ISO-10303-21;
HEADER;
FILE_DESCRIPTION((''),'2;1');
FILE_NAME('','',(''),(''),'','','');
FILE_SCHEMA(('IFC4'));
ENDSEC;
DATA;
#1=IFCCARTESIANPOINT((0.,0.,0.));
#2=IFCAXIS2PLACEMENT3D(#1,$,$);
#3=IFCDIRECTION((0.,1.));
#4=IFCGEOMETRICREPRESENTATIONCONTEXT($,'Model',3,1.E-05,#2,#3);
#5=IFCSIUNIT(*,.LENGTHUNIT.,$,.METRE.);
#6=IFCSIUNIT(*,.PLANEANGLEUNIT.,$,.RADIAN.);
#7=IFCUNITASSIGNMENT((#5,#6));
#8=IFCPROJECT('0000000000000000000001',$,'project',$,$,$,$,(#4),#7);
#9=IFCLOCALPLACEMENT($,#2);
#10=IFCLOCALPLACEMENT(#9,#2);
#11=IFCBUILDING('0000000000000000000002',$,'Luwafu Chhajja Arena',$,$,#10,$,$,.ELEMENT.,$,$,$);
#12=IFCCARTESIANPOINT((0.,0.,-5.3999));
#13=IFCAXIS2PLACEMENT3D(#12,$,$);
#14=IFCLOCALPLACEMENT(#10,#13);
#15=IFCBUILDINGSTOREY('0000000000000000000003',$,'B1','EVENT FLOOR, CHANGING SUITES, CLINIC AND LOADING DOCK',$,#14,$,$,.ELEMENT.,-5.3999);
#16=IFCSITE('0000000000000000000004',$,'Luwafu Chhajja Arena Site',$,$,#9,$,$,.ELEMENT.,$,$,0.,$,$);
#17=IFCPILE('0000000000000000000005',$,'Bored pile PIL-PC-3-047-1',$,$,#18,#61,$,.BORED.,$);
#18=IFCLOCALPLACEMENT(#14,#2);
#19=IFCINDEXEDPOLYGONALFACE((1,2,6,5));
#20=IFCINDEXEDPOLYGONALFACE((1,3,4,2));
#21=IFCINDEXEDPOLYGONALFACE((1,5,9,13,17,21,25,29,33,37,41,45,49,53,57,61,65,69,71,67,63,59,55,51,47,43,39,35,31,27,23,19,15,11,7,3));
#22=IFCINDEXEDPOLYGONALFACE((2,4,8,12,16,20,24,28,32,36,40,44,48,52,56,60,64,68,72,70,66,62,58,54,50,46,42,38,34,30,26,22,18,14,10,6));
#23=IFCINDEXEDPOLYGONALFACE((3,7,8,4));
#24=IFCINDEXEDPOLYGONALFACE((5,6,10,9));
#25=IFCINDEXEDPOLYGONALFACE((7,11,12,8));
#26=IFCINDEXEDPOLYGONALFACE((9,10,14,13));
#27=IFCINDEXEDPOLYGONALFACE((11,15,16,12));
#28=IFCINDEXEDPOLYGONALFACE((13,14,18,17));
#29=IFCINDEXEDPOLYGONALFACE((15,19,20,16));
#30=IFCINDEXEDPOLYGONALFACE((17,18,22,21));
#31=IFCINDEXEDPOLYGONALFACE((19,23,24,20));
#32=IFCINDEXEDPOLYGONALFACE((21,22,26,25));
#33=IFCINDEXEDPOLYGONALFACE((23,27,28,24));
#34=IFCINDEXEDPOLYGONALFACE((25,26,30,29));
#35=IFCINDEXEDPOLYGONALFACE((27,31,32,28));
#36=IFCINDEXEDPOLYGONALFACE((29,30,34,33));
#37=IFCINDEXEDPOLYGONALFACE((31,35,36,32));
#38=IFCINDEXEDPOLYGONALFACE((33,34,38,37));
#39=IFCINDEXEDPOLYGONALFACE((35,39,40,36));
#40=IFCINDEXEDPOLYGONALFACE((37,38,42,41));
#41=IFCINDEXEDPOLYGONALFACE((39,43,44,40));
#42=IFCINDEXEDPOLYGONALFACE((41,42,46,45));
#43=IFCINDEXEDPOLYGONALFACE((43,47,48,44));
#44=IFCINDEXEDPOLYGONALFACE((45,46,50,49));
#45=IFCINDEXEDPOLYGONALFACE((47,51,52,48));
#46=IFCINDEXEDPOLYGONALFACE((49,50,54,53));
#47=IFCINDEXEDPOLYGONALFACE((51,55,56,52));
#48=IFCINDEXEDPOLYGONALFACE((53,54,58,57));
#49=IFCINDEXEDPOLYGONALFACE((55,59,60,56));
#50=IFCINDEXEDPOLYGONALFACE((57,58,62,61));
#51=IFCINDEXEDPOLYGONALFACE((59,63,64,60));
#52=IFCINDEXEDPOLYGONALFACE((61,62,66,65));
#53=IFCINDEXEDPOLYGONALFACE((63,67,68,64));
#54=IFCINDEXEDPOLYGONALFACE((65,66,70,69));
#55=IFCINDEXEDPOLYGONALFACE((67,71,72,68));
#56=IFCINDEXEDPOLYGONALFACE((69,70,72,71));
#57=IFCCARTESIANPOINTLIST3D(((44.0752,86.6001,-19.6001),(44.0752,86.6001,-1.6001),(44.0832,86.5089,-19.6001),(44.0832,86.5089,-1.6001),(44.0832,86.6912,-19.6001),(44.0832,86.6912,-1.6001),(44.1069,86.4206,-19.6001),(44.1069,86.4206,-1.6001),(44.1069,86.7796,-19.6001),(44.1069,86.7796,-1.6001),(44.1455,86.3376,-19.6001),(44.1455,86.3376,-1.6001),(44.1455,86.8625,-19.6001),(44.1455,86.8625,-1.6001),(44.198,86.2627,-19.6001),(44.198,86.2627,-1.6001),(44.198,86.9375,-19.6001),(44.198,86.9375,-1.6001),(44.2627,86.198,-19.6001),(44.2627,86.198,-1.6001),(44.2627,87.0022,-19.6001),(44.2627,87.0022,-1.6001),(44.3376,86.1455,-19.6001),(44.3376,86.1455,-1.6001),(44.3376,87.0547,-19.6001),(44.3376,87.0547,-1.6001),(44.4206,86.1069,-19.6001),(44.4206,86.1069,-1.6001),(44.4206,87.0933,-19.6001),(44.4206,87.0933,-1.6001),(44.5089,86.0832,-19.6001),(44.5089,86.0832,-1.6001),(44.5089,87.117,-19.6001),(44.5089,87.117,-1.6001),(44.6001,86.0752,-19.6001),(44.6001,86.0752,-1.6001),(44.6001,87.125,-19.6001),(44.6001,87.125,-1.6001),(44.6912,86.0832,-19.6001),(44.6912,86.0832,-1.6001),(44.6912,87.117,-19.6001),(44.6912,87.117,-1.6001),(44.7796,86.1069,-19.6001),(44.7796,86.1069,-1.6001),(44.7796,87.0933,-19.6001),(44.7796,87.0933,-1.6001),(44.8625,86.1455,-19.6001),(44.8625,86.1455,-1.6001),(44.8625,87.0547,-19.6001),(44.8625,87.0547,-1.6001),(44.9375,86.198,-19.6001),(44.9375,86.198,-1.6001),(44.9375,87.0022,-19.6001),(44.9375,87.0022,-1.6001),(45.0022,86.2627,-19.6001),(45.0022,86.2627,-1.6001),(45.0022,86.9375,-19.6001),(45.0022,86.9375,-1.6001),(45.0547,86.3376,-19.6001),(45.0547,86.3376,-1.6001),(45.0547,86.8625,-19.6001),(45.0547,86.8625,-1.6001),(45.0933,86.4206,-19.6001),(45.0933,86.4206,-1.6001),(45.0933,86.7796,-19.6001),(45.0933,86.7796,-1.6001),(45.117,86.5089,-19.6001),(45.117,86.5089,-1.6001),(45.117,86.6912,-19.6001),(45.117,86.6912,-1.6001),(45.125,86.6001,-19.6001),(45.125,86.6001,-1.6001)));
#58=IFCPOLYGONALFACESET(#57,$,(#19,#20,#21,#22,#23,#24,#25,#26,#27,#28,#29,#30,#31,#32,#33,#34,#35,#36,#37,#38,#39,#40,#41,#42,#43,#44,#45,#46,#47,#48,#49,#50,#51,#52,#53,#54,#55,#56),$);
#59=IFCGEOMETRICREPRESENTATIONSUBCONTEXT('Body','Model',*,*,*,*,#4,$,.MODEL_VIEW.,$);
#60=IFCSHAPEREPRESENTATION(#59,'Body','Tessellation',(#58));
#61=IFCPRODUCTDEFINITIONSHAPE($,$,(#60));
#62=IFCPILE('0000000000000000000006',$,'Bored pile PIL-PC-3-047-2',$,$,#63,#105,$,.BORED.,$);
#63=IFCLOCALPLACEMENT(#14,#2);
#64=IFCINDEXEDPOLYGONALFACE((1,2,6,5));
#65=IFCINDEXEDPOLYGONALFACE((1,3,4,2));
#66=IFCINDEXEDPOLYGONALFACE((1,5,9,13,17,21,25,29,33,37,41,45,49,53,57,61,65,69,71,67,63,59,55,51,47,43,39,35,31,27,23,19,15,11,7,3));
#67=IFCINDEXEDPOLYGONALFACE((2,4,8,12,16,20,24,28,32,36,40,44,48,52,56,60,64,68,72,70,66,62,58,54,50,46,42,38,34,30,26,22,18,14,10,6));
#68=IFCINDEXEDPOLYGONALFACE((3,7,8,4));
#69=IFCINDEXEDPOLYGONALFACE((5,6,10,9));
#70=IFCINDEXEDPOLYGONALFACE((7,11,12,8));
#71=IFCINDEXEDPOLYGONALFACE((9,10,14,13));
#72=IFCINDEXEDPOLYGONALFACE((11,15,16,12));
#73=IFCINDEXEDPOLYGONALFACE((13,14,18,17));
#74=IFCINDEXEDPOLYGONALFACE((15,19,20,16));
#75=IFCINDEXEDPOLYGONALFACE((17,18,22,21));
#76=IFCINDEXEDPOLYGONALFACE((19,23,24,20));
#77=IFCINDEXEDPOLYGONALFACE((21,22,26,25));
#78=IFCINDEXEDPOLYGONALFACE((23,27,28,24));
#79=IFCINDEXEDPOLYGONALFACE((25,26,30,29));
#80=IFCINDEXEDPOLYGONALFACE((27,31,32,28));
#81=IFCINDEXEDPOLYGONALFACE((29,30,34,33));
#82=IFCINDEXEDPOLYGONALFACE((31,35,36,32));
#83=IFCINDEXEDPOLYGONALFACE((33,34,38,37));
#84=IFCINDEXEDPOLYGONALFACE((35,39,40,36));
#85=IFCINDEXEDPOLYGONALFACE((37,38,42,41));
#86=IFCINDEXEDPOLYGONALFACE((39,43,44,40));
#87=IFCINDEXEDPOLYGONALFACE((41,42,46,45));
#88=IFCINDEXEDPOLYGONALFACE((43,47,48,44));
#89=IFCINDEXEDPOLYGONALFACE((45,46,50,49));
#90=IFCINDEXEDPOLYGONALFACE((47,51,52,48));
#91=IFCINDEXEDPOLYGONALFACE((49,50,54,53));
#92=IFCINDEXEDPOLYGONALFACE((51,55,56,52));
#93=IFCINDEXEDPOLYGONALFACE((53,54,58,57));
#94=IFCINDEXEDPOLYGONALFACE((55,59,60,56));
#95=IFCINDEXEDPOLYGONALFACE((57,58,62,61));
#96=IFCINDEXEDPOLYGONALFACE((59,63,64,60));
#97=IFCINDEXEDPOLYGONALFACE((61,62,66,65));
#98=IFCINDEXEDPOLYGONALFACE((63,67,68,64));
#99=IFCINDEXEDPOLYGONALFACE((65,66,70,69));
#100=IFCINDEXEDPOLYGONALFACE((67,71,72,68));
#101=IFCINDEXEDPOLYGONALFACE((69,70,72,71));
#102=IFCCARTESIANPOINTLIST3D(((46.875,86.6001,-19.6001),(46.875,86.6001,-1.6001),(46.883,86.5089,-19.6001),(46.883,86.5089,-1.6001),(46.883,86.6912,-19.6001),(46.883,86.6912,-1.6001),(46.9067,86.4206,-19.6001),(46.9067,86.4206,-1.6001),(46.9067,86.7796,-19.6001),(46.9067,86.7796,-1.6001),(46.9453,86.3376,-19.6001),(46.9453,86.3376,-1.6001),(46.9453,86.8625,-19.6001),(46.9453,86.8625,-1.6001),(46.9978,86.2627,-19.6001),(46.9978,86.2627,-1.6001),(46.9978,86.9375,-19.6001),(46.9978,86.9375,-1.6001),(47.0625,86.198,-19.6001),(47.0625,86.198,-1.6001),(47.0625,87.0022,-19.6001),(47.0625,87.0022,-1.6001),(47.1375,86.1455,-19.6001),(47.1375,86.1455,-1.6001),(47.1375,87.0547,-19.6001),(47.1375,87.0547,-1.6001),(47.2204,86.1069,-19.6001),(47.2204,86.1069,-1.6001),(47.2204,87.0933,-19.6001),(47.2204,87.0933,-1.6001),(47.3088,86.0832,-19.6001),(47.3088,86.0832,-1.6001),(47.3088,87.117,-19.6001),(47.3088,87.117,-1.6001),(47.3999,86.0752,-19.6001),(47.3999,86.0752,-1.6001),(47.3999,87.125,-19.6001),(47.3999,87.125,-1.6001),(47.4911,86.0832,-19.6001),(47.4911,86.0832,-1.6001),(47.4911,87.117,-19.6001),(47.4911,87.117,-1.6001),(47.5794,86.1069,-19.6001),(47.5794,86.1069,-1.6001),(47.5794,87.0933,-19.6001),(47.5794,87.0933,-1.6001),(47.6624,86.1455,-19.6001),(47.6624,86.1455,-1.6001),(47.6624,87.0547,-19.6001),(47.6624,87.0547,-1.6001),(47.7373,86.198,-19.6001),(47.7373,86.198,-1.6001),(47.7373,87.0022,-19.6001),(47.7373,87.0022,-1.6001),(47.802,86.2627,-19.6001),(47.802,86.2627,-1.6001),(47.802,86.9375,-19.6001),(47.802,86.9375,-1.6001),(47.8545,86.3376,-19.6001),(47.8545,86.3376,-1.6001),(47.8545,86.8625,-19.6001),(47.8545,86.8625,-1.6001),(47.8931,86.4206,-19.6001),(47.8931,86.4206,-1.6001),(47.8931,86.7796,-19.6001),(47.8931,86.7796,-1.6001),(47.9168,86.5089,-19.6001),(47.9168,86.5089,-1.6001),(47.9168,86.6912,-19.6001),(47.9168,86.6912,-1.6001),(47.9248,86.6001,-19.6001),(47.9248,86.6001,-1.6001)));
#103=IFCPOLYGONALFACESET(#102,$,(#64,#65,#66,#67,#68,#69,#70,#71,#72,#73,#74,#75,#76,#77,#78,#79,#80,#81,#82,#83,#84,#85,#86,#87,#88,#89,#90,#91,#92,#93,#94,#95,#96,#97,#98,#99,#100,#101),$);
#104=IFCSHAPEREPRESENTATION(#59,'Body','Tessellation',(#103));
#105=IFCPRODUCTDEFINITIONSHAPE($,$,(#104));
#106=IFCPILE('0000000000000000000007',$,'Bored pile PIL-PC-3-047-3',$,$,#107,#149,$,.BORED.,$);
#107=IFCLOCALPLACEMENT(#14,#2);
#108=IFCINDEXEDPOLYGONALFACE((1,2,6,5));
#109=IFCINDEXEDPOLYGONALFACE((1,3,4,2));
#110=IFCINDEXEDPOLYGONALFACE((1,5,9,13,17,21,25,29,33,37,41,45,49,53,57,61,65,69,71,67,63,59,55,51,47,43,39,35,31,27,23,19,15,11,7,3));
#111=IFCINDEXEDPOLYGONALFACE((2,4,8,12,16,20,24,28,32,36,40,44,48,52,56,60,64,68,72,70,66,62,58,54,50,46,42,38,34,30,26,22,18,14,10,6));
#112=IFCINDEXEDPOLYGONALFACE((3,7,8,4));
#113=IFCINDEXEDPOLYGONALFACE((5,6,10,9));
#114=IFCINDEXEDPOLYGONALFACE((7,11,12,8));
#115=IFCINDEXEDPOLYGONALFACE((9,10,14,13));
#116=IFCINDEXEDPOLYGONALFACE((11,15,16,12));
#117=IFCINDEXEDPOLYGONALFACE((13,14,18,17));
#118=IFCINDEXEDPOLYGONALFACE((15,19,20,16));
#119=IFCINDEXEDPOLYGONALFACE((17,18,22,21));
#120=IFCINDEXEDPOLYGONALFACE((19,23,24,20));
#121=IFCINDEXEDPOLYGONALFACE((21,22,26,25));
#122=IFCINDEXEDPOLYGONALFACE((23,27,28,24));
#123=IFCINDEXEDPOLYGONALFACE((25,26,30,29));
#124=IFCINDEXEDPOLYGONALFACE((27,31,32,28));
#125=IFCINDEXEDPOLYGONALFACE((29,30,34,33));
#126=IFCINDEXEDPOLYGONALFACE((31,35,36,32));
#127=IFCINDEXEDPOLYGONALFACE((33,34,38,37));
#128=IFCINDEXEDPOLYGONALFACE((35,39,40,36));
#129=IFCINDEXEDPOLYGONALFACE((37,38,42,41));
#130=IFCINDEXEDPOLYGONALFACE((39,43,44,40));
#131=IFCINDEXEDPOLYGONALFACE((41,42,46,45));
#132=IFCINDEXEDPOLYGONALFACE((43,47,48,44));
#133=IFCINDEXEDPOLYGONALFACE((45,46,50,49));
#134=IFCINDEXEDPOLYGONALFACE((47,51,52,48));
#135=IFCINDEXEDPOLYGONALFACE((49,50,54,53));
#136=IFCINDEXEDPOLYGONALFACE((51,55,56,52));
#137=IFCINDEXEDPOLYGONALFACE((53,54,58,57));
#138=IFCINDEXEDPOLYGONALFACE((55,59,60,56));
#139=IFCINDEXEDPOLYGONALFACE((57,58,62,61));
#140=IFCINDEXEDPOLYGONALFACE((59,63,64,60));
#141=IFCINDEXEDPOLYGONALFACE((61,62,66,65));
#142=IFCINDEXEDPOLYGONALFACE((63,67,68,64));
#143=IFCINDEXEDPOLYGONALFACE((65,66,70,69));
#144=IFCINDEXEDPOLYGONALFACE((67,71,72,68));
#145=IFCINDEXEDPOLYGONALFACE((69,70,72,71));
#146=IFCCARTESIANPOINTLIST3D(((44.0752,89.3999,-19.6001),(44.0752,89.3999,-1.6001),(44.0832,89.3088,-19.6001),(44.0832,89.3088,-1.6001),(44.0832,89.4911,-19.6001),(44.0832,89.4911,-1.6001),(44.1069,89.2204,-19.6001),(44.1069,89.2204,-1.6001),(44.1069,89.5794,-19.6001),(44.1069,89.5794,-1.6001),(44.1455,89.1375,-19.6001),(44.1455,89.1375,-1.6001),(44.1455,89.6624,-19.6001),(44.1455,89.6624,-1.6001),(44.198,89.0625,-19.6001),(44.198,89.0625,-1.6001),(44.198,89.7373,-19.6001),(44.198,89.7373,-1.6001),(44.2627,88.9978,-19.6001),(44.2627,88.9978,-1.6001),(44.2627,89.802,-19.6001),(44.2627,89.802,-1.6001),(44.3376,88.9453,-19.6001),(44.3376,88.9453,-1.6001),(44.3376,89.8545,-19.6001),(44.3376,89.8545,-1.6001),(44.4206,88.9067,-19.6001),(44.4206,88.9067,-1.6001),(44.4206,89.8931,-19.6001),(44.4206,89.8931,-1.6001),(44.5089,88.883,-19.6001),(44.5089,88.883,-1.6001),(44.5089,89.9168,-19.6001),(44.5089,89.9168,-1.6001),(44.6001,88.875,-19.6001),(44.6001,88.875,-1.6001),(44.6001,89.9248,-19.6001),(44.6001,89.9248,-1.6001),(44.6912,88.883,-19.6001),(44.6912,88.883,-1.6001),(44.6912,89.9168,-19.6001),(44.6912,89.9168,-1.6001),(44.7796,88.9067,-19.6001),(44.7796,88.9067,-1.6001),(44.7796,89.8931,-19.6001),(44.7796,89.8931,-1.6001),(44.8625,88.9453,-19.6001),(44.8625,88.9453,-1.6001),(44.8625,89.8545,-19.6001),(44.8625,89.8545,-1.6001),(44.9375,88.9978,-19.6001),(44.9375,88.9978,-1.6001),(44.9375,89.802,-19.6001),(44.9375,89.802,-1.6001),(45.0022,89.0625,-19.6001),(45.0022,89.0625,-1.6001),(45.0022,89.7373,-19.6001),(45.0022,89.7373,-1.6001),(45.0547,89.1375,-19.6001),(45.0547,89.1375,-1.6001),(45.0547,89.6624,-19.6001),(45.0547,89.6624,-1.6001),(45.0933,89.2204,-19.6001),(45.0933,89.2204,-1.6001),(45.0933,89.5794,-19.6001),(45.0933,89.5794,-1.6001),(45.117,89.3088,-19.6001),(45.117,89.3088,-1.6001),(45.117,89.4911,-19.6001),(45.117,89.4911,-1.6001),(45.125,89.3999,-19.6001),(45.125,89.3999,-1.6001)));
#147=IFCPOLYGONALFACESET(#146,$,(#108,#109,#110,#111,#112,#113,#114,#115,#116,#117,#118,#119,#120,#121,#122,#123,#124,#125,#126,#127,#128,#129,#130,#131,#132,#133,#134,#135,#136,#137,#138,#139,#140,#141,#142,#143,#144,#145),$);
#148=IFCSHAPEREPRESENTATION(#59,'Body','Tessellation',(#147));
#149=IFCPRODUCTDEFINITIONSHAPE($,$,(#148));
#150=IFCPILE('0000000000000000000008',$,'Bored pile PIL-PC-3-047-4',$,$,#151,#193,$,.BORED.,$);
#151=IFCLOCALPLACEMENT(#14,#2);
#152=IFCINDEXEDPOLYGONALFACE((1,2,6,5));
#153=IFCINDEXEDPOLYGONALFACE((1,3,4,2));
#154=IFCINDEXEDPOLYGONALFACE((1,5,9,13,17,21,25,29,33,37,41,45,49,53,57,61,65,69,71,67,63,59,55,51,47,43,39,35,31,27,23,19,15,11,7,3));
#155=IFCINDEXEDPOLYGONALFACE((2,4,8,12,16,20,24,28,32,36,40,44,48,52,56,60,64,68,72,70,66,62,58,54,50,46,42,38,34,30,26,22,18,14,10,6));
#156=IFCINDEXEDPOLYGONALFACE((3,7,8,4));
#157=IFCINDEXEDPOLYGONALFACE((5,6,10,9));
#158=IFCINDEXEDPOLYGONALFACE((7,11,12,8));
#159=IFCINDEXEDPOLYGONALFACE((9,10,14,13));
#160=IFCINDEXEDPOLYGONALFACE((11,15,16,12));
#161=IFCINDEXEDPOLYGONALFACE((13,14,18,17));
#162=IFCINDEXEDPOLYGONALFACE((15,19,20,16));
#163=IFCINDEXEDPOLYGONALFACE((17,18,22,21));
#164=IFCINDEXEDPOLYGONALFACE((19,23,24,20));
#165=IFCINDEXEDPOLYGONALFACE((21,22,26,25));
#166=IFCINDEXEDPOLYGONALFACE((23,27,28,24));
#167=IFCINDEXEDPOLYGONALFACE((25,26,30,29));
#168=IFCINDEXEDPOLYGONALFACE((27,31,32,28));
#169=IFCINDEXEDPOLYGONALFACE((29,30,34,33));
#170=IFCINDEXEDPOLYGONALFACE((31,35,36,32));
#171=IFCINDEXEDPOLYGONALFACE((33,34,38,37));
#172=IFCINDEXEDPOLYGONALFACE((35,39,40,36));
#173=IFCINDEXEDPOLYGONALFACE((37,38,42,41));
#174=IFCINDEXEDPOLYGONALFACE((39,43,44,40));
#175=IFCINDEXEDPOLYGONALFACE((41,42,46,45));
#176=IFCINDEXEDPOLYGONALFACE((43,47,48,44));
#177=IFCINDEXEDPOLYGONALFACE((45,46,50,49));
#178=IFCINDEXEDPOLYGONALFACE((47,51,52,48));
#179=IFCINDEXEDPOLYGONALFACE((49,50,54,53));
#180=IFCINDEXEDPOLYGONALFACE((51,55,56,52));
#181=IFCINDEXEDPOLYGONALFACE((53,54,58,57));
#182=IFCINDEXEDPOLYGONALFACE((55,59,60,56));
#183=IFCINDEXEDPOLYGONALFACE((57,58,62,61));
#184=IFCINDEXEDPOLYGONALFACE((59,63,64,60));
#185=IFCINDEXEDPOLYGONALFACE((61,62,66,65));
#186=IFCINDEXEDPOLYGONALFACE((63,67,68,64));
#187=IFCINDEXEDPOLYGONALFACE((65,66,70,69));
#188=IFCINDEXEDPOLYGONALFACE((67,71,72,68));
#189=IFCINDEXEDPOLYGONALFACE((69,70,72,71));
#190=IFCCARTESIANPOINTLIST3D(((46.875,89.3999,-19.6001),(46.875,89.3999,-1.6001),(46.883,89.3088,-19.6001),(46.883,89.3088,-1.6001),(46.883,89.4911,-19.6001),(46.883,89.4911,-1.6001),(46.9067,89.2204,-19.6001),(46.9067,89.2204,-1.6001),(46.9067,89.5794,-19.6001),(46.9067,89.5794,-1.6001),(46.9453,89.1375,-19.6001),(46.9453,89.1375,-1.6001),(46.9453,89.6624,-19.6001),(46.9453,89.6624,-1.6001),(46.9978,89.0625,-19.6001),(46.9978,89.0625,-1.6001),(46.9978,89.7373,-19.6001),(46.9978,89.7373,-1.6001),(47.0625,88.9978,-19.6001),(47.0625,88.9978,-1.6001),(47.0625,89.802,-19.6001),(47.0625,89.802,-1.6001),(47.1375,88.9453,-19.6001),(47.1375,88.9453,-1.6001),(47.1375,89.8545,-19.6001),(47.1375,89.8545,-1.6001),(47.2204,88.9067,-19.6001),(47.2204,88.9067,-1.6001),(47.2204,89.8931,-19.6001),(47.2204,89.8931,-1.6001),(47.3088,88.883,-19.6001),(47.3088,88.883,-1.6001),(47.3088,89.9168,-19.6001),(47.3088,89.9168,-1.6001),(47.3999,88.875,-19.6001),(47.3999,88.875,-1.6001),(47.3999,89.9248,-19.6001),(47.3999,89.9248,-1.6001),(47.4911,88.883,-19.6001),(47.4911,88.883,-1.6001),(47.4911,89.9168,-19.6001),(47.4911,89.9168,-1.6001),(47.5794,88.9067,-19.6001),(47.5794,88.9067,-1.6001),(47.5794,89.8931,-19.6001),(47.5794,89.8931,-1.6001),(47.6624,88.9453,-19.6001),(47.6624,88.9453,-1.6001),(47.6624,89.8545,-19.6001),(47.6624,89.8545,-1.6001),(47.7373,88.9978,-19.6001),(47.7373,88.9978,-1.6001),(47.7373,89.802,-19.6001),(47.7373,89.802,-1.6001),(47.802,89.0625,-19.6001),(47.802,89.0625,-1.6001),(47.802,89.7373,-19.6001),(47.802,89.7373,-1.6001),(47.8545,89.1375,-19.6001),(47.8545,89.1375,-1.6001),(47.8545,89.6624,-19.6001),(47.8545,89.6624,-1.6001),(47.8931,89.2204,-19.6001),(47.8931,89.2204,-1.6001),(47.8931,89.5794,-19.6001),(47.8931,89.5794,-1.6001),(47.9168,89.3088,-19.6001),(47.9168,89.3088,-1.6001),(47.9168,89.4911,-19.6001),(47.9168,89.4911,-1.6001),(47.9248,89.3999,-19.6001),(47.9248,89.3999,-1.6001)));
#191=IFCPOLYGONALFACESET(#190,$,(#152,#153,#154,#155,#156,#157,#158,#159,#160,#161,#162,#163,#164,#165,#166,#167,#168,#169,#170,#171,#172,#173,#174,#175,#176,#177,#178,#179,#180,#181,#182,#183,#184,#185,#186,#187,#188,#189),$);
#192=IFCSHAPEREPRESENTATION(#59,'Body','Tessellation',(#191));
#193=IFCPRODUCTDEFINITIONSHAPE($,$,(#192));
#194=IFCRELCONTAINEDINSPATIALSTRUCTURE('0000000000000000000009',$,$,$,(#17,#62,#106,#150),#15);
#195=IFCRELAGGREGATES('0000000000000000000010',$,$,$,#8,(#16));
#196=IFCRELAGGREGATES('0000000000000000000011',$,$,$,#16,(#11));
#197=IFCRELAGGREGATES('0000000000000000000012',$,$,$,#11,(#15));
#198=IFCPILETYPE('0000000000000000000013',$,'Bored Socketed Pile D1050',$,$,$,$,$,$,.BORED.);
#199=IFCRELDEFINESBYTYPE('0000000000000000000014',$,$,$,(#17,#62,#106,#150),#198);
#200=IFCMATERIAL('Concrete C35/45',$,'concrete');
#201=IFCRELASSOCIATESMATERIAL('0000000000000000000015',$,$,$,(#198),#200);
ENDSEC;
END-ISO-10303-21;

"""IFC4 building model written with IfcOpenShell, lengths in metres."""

from ifc_helpers import new_model, si_unit, direction, frame, origin, origin_2d, place, context, subcontext, project, spatial, circle, extrude, material, material_profile, profile_set, type_object, element, save


model = new_model("IFC4")

# Units and contexts
model_context = context("Model", 3, precision=1e-05, world=origin(), true_north=direction((0.0, 1.0)))
body_context = subcontext(model_context, "Body", "Model", "MODEL_VIEW")
ifc_project = project(units=[si_unit("LENGTHUNIT", "METRE"), si_unit("PLANEANGLEUNIT", "RADIAN")], contexts=[model_context])

# Site, building, storey
site_placement = place(None, origin())
site = spatial("IfcSite", under=ifc_project, at=site_placement, Name="Luwafu Chhajja Arena Site", CompositionType="ELEMENT", RefElevation=0.0)
building_placement = place(site_placement, origin())
building = spatial("IfcBuilding", under=site, at=building_placement, Name="Luwafu Chhajja Arena", CompositionType="ELEMENT")
storey_placement = place(building_placement, frame((0.0, 0.0, -5.3999)))
storey = spatial("IfcBuildingStorey", under=building, at=storey_placement, Name="B1", Description="EVENT FLOOR, CHANGING SUITES, CLINIC AND LOADING DOCK", CompositionType="ELEMENT", Elevation=-5.3999)

# Piles
ifc_material_1 = material(Name="Concrete C35/45", Category="concrete")
ifc_material_profile_1 = material_profile(ifc_material_1, circle(Radius=0.5249, at=origin_2d()), Name="PILE D1050")
ifc_profile_set_1 = profile_set([ifc_material_profile_1], Name="Concrete C35/45")
pile_type_1 = type_object("IfcPileType", Name="Bored Socketed Pile D1050", PredefinedType="BORED", material=ifc_profile_set_1)
for number, where, z_axis, x_axis, name in (
    (1, (44.6001, 86.6001, -1.6001), (0.0, 0.0, -1.0), (1.0, 0.0, 0.0), "Bored pile PIL-PC-3-047-1"),
    (2, (47.3999, 86.6001, -1.6001), (0.0, 0.0, -1.0), (1.0, 0.0, 0.0), "Bored pile PIL-PC-3-047-2"),
    (3, (44.6001, 89.3999, -1.6001), (0.0, 0.0, -1.0), (1.0, 0.0, 0.0), "Bored pile PIL-PC-3-047-3"),
    (4, (47.3999, 89.3999, -1.6001), (0.0, 0.0, -1.0), (1.0, 0.0, 0.0), "Bored pile PIL-PC-3-047-4"),
):
    element("IfcPile", number, at=place(storey_placement, frame(where, z_axis=z_axis, x_axis=x_axis)), inside=storey, type_object=pile_type_1, Name=name, PredefinedType="BORED", context=body_context, shape_type="SweptSolid", body=[
        extrude(circle(Radius=0.5249, at=origin_2d()), origin(), (0.0, 0.0, 1.0), 18.0),
    ])

save(model, "model.ifc")
